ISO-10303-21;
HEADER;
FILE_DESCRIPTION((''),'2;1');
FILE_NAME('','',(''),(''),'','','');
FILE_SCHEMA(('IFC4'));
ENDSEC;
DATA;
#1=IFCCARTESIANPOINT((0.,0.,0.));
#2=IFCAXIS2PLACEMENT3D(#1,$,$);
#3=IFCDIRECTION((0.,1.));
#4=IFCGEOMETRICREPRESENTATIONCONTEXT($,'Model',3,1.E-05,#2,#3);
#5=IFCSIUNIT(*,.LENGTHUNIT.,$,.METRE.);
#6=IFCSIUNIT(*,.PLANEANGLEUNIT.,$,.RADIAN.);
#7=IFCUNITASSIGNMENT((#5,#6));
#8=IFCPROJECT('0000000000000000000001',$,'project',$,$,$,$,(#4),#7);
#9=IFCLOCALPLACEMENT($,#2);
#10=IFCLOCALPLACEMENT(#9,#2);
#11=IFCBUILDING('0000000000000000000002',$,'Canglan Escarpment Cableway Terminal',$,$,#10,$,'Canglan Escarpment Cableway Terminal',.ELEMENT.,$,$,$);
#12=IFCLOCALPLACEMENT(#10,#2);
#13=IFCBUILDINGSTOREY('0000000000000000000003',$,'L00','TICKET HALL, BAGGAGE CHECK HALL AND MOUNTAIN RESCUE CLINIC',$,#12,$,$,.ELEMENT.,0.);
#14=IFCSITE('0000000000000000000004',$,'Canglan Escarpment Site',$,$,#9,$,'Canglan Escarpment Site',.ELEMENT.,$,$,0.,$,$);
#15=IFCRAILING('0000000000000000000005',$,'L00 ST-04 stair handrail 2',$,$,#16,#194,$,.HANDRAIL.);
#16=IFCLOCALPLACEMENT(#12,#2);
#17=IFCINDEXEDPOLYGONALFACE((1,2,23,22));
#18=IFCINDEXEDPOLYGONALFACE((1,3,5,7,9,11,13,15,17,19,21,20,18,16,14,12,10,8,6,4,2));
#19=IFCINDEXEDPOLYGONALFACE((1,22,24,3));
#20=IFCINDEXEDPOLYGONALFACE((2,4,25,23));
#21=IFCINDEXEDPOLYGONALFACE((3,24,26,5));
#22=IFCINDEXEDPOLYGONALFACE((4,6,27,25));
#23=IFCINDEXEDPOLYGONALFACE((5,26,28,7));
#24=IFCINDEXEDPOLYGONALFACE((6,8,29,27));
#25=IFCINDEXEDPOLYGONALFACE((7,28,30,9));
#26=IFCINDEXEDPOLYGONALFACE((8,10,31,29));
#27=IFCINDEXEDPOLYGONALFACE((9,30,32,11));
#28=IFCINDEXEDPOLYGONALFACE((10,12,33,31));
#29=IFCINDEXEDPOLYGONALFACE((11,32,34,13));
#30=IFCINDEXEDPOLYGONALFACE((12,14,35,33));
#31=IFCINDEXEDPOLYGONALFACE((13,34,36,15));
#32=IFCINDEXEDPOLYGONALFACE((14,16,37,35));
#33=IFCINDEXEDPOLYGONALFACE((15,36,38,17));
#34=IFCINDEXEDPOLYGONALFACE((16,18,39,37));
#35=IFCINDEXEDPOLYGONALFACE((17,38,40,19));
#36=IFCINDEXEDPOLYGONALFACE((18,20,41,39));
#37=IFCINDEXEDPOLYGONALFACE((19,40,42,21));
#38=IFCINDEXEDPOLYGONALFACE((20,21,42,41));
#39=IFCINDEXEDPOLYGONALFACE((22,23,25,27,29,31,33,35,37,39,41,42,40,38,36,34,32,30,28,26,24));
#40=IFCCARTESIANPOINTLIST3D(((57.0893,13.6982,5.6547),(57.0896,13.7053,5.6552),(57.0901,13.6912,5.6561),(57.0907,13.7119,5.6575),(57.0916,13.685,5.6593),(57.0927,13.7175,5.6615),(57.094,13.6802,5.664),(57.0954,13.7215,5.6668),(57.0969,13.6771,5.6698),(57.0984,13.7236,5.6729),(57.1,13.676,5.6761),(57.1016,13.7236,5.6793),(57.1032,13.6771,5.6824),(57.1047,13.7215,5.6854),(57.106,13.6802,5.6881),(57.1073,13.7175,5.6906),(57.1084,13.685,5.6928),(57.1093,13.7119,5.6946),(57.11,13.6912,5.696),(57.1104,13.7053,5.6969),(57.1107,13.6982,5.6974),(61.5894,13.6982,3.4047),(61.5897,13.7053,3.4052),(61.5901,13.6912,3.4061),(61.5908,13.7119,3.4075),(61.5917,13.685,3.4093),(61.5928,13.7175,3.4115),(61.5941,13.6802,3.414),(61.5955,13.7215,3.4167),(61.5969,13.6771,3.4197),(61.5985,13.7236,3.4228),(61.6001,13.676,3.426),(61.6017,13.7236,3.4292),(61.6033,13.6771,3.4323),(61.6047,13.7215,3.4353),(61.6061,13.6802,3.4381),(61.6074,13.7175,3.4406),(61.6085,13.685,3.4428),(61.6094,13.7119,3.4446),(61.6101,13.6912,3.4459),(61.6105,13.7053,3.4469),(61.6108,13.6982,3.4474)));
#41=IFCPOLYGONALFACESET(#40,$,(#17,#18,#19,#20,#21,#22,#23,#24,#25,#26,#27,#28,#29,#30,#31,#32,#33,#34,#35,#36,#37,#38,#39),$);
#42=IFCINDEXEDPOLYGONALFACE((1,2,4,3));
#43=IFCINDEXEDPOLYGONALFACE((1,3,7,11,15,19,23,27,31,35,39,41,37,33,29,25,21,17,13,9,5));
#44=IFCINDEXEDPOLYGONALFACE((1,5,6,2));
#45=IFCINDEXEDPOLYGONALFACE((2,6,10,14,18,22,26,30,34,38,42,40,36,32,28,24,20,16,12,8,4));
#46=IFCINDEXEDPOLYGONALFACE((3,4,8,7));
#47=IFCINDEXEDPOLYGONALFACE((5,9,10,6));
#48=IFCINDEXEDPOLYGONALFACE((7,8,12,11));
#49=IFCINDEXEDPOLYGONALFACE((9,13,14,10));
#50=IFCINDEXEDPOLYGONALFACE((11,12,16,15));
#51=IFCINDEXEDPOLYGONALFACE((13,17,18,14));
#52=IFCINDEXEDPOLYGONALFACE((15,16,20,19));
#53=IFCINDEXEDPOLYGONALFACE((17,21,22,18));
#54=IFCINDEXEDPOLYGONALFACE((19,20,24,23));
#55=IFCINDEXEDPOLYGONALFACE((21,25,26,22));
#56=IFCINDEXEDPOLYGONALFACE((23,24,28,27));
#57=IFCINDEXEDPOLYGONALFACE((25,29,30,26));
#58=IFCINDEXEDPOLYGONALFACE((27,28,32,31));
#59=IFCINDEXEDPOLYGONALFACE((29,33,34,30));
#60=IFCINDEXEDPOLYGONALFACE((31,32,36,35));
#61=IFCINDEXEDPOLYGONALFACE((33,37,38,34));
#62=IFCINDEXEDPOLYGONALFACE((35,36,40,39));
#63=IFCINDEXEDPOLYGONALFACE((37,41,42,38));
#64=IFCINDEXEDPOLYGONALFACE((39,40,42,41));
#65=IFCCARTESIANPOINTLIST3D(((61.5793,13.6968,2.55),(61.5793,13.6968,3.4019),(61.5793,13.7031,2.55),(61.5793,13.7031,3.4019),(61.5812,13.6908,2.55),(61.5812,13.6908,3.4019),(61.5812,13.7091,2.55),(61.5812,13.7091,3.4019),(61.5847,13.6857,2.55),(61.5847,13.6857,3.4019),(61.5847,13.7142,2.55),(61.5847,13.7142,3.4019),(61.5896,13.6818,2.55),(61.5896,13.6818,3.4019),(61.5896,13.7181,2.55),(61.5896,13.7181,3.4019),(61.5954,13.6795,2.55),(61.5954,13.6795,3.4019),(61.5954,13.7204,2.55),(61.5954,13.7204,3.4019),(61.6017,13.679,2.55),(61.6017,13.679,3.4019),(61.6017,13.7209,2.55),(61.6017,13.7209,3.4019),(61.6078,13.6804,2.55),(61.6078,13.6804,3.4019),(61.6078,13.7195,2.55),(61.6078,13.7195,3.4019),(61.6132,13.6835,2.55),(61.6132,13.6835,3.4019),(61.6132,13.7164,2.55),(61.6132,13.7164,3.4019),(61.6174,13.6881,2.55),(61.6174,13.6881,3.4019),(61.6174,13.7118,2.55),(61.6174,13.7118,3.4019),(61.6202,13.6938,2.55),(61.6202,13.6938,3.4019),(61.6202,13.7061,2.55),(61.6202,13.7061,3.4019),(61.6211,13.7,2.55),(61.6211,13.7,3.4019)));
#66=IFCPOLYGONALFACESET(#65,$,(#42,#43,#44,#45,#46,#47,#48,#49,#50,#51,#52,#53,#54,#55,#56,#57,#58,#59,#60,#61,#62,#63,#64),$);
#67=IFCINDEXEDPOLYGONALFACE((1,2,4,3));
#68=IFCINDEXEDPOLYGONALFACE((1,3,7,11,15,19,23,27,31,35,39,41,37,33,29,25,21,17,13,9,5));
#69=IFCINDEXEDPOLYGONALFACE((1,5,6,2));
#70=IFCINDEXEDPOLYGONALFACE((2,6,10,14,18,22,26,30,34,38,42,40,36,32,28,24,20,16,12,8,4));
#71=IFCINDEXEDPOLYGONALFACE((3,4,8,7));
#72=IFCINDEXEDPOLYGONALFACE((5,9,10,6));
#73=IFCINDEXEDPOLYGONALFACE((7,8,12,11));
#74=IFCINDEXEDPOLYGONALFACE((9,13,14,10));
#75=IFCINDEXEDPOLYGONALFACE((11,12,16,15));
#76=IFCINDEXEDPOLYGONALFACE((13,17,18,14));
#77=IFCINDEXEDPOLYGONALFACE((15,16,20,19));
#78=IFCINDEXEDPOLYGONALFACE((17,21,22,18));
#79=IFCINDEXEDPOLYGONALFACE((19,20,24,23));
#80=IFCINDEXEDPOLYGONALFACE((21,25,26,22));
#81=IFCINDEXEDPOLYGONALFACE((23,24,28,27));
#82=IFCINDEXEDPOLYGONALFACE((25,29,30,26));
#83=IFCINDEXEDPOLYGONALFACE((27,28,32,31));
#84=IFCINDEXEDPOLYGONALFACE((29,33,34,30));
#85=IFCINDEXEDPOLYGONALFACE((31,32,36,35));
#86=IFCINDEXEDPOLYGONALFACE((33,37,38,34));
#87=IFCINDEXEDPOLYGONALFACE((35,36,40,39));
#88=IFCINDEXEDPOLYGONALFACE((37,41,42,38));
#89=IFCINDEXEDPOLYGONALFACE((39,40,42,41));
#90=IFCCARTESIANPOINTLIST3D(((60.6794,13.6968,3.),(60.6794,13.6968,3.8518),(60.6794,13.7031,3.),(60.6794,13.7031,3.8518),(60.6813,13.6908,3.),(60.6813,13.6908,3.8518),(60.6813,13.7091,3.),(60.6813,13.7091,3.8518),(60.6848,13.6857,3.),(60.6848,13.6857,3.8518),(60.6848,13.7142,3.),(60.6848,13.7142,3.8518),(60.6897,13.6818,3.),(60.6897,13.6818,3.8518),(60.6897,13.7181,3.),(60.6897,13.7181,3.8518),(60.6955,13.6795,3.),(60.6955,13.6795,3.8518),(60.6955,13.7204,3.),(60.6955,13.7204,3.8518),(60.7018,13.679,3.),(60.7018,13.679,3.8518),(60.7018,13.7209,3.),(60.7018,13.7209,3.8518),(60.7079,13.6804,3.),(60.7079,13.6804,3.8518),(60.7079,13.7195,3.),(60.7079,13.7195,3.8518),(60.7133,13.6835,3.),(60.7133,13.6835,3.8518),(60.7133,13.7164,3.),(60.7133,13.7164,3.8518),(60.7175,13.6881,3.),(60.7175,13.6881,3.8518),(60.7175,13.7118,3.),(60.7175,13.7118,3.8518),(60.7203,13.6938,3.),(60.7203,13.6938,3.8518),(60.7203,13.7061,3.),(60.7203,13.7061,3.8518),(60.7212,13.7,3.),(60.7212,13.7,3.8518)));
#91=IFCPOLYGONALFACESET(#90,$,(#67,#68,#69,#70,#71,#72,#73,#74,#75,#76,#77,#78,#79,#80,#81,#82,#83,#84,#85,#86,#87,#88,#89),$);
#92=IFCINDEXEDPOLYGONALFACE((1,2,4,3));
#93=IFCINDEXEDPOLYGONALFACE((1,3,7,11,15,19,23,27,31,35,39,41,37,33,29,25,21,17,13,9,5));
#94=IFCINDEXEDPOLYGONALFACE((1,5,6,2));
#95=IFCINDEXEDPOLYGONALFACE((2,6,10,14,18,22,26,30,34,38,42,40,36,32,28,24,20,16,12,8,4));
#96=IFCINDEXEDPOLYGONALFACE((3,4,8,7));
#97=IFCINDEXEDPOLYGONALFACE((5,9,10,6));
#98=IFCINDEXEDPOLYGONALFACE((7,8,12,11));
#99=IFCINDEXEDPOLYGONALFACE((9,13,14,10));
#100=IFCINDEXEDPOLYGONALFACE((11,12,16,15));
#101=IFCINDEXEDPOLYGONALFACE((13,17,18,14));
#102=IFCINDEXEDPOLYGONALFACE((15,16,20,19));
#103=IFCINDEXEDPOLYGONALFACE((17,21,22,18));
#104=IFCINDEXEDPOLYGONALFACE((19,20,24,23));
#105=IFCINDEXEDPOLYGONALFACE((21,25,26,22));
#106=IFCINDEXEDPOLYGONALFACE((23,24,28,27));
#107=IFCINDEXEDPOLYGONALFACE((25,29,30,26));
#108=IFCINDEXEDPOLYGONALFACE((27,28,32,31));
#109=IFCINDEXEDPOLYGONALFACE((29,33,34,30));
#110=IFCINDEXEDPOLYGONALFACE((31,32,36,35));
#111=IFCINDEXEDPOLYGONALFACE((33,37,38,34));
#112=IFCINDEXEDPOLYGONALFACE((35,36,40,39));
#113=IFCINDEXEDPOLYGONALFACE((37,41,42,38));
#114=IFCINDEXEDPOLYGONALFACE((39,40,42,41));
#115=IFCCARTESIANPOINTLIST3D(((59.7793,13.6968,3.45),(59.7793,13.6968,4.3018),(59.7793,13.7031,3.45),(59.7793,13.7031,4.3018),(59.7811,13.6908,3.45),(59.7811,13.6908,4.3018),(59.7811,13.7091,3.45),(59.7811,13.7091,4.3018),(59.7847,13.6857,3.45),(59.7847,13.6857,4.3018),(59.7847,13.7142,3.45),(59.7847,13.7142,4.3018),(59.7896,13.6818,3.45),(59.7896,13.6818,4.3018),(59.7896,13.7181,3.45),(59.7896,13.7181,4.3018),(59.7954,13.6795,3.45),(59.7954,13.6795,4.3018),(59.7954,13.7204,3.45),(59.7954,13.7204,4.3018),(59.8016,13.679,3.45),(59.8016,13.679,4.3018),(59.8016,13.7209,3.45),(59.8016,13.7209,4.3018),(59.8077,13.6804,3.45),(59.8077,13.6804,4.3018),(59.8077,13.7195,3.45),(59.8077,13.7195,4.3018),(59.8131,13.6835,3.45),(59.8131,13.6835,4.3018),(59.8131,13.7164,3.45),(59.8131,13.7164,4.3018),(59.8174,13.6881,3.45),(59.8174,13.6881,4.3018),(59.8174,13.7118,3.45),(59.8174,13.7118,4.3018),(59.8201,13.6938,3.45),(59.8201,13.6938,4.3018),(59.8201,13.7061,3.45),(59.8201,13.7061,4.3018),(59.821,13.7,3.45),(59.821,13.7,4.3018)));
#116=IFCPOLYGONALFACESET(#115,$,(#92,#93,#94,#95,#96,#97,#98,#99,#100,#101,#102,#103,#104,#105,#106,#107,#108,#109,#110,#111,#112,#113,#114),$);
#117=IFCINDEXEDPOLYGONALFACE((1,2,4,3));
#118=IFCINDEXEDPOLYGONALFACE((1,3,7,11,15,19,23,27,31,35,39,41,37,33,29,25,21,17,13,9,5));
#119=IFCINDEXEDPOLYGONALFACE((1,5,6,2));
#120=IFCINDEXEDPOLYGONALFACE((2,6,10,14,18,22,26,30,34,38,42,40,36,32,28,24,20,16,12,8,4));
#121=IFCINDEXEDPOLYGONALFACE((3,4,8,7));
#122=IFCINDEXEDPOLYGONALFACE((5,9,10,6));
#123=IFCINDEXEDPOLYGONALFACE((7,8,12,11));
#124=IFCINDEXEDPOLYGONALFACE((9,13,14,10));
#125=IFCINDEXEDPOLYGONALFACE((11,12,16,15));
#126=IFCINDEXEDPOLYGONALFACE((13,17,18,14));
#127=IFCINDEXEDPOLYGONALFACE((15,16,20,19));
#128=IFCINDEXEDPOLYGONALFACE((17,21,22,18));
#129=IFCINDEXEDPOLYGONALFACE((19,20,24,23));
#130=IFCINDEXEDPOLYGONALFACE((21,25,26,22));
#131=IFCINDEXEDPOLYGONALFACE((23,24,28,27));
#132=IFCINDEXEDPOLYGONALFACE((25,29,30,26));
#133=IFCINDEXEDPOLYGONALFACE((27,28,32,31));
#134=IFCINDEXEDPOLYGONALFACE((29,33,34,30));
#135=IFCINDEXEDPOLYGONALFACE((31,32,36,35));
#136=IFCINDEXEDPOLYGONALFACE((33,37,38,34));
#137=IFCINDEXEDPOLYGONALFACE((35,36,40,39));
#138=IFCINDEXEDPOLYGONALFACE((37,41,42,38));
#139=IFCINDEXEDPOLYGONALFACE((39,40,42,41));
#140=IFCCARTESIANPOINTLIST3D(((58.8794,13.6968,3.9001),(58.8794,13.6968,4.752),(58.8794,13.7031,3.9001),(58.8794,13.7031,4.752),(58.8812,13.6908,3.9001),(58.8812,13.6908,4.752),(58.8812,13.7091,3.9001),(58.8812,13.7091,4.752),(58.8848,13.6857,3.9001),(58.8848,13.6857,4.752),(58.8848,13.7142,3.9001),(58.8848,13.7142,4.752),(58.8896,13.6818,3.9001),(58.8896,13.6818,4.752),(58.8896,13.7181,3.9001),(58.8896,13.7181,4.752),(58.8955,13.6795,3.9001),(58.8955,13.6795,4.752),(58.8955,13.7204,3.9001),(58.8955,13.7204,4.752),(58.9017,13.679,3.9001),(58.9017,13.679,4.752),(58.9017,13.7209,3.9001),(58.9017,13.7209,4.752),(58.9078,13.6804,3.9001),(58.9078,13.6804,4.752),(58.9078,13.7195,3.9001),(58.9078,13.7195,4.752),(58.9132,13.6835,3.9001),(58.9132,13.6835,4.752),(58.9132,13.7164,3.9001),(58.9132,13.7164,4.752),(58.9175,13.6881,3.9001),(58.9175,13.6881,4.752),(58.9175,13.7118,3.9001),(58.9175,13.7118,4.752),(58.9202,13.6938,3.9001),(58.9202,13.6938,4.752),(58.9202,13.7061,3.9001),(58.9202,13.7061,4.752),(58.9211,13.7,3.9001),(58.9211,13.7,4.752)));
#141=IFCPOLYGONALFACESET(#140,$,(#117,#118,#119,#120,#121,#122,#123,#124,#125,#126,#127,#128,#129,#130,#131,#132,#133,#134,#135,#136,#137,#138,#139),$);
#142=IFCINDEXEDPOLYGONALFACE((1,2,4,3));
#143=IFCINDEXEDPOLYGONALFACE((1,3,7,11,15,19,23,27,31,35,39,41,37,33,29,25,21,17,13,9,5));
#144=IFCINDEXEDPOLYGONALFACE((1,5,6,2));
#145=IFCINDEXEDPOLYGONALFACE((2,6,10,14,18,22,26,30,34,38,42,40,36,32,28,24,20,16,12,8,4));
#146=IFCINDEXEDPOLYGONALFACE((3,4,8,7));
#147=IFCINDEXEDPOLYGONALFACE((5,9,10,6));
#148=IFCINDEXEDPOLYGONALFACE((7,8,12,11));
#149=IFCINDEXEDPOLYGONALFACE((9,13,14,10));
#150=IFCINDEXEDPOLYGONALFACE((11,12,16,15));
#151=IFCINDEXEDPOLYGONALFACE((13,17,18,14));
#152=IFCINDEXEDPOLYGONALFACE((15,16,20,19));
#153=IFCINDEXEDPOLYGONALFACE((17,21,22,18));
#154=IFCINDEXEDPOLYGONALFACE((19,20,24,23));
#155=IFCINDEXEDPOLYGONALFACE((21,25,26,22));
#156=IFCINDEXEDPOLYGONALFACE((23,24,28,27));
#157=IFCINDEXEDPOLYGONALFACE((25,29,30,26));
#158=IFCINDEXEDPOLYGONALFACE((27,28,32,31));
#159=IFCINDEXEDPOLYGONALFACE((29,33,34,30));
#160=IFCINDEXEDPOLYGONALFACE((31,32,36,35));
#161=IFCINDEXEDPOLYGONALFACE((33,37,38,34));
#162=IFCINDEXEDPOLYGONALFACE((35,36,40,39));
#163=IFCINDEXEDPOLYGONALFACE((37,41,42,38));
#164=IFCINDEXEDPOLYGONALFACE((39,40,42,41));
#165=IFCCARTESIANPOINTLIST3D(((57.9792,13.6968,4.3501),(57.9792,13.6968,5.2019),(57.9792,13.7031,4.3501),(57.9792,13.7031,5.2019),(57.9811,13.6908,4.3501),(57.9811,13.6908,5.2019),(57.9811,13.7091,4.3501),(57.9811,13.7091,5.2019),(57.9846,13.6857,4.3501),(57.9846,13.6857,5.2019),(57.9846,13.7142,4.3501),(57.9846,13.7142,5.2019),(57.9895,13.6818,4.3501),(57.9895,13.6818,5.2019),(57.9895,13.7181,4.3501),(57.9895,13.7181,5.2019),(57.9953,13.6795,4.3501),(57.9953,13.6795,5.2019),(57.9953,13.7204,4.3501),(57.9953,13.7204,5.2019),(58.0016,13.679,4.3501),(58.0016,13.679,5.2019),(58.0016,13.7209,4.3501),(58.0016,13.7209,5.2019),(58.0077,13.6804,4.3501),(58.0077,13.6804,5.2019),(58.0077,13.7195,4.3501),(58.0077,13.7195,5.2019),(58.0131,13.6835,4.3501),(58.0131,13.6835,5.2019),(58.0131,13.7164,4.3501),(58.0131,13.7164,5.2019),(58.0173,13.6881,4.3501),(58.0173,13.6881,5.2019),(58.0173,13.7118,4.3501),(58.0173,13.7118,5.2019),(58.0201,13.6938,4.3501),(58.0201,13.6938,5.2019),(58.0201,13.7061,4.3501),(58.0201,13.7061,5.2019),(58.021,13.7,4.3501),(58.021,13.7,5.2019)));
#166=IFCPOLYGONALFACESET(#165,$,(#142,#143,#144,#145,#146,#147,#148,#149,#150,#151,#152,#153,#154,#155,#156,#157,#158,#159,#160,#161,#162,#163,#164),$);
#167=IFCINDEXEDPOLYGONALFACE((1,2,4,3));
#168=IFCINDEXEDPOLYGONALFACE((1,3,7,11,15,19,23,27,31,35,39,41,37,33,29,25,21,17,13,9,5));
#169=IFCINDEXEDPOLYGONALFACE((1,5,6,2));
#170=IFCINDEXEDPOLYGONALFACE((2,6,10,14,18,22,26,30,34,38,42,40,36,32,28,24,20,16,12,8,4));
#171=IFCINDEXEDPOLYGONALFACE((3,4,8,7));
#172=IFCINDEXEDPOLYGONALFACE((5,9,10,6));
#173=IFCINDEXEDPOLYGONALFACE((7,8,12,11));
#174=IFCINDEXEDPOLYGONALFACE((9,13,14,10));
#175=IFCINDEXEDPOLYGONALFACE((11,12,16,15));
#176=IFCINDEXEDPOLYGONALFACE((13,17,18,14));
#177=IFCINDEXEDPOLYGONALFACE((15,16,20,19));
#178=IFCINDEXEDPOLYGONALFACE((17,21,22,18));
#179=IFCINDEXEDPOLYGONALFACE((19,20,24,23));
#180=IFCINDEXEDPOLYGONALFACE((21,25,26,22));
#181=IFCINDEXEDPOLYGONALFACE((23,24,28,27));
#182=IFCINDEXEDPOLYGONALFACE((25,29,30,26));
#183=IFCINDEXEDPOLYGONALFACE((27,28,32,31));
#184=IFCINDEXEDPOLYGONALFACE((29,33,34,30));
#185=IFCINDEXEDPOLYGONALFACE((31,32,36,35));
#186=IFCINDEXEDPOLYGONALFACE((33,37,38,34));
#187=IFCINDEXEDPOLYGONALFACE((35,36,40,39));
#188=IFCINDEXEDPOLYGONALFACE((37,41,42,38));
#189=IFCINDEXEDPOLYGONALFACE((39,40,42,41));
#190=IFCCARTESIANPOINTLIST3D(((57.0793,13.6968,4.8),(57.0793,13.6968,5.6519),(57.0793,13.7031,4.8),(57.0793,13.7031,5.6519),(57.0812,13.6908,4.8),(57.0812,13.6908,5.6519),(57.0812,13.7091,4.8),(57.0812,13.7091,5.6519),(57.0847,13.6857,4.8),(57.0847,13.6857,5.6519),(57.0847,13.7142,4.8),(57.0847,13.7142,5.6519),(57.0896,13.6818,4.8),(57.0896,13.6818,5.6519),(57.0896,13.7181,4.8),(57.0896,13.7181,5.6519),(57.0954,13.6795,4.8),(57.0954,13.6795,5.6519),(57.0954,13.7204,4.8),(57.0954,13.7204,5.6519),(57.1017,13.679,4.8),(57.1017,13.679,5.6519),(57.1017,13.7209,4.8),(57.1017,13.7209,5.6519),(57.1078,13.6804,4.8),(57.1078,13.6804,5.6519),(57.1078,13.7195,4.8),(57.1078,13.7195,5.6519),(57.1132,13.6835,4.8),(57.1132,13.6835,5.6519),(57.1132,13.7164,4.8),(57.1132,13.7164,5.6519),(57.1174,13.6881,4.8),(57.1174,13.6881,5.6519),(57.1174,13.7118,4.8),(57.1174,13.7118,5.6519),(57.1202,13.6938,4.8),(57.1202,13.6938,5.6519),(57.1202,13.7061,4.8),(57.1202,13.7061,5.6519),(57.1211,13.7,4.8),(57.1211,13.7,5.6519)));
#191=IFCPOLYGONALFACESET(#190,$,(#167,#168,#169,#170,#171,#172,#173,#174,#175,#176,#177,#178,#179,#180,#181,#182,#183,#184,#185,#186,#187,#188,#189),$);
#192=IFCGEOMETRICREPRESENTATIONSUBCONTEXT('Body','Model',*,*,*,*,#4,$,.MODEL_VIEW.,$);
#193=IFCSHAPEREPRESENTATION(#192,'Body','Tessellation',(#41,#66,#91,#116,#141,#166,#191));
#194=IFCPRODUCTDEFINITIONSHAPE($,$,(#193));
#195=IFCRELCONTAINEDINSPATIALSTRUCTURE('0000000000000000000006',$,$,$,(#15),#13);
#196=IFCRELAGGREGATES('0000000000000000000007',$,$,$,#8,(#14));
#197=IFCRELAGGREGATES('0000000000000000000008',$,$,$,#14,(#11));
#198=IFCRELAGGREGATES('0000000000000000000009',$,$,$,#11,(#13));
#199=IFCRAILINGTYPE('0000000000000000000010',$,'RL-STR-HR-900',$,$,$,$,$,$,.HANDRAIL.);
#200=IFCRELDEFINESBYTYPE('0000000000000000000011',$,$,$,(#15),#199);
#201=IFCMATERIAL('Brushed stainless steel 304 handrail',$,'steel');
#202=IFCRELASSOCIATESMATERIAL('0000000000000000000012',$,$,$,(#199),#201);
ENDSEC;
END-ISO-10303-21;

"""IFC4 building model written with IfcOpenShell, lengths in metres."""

from ifc_helpers import new_model, si_unit, direction, frame, origin, origin_2d, place, context, subcontext, project, spatial, circle, extrude, material, type_object, element, save


model = new_model("IFC4")

# Units and contexts
model_context = context("Model", 3, precision=1e-05, world=origin(), true_north=direction((0.0, 1.0)))
body_context = subcontext(model_context, "Body", "Model", "MODEL_VIEW")
ifc_project = project(units=[si_unit("LENGTHUNIT", "METRE"), si_unit("PLANEANGLEUNIT", "RADIAN")], contexts=[model_context])

# Site, building, storey
site_placement = place(None, origin())
site = spatial("IfcSite", under=ifc_project, at=site_placement, Name="Canglan Escarpment Site", LongName="Canglan Escarpment Site", CompositionType="ELEMENT", RefElevation=0.0)
building_placement = place(site_placement, origin())
building = spatial("IfcBuilding", under=site, at=building_placement, Name="Canglan Escarpment Cableway Terminal", LongName="Canglan Escarpment Cableway Terminal", CompositionType="ELEMENT")
storey_placement = place(building_placement, origin())
storey = spatial("IfcBuildingStorey", under=building, at=storey_placement, Name="L00", Description="TICKET HALL, BAGGAGE CHECK HALL AND MOUNTAIN RESCUE CLINIC", CompositionType="ELEMENT", Elevation=0.0)

# Railing
ifc_material_1 = material(Name="Brushed stainless steel 304 handrail", Category="steel")
railing_type_1 = type_object("IfcRailingType", Name="RL-STR-HR-900", PredefinedType="HANDRAIL", material=ifc_material_1)
railing_1_placement = place(storey_placement, frame((61.6001, 13.7, 2.55)))
element("IfcRailing", 1, at=railing_1_placement, inside=storey, type_object=railing_type_1, Name="L00 ST-04 stair handrail 2", PredefinedType="HANDRAIL", context=body_context, shape_type="SweptSolid", body=[
    extrude(circle(Radius=0.0239, at=origin_2d()), frame((0.0, 0.0, 0.876), z_axis=(-0.894427, 0.0, 0.447214), x_axis=(0.0, -1.0, 0.0)), (0.0, 0.0, 1.0), 5.0312),
    extrude(circle(Radius=0.021, at=origin_2d()), origin(), (0.0, 0.0, 1.0), 0.8518),
    extrude(circle(Radius=0.021, at=origin_2d()), frame((-0.8999, 0.0, 0.45)), (0.0, 0.0, 1.0), 0.8518),
    extrude(circle(Radius=0.021, at=origin_2d()), frame((-1.8, 0.0, 0.8999)), (0.0, 0.0, 1.0), 0.8518),
    extrude(circle(Radius=0.021, at=origin_2d()), frame((-2.7, 0.0, 1.3501)), (0.0, 0.0, 1.0), 0.8518),
    extrude(circle(Radius=0.021, at=origin_2d()), frame((-3.6001, 0.0, 1.8)), (0.0, 0.0, 1.0), 0.8518),
    extrude(circle(Radius=0.021, at=origin_2d()), frame((-4.5, 0.0, 2.25)), (0.0, 0.0, 1.0), 0.8518),
])

save(model, "model.ifc")
